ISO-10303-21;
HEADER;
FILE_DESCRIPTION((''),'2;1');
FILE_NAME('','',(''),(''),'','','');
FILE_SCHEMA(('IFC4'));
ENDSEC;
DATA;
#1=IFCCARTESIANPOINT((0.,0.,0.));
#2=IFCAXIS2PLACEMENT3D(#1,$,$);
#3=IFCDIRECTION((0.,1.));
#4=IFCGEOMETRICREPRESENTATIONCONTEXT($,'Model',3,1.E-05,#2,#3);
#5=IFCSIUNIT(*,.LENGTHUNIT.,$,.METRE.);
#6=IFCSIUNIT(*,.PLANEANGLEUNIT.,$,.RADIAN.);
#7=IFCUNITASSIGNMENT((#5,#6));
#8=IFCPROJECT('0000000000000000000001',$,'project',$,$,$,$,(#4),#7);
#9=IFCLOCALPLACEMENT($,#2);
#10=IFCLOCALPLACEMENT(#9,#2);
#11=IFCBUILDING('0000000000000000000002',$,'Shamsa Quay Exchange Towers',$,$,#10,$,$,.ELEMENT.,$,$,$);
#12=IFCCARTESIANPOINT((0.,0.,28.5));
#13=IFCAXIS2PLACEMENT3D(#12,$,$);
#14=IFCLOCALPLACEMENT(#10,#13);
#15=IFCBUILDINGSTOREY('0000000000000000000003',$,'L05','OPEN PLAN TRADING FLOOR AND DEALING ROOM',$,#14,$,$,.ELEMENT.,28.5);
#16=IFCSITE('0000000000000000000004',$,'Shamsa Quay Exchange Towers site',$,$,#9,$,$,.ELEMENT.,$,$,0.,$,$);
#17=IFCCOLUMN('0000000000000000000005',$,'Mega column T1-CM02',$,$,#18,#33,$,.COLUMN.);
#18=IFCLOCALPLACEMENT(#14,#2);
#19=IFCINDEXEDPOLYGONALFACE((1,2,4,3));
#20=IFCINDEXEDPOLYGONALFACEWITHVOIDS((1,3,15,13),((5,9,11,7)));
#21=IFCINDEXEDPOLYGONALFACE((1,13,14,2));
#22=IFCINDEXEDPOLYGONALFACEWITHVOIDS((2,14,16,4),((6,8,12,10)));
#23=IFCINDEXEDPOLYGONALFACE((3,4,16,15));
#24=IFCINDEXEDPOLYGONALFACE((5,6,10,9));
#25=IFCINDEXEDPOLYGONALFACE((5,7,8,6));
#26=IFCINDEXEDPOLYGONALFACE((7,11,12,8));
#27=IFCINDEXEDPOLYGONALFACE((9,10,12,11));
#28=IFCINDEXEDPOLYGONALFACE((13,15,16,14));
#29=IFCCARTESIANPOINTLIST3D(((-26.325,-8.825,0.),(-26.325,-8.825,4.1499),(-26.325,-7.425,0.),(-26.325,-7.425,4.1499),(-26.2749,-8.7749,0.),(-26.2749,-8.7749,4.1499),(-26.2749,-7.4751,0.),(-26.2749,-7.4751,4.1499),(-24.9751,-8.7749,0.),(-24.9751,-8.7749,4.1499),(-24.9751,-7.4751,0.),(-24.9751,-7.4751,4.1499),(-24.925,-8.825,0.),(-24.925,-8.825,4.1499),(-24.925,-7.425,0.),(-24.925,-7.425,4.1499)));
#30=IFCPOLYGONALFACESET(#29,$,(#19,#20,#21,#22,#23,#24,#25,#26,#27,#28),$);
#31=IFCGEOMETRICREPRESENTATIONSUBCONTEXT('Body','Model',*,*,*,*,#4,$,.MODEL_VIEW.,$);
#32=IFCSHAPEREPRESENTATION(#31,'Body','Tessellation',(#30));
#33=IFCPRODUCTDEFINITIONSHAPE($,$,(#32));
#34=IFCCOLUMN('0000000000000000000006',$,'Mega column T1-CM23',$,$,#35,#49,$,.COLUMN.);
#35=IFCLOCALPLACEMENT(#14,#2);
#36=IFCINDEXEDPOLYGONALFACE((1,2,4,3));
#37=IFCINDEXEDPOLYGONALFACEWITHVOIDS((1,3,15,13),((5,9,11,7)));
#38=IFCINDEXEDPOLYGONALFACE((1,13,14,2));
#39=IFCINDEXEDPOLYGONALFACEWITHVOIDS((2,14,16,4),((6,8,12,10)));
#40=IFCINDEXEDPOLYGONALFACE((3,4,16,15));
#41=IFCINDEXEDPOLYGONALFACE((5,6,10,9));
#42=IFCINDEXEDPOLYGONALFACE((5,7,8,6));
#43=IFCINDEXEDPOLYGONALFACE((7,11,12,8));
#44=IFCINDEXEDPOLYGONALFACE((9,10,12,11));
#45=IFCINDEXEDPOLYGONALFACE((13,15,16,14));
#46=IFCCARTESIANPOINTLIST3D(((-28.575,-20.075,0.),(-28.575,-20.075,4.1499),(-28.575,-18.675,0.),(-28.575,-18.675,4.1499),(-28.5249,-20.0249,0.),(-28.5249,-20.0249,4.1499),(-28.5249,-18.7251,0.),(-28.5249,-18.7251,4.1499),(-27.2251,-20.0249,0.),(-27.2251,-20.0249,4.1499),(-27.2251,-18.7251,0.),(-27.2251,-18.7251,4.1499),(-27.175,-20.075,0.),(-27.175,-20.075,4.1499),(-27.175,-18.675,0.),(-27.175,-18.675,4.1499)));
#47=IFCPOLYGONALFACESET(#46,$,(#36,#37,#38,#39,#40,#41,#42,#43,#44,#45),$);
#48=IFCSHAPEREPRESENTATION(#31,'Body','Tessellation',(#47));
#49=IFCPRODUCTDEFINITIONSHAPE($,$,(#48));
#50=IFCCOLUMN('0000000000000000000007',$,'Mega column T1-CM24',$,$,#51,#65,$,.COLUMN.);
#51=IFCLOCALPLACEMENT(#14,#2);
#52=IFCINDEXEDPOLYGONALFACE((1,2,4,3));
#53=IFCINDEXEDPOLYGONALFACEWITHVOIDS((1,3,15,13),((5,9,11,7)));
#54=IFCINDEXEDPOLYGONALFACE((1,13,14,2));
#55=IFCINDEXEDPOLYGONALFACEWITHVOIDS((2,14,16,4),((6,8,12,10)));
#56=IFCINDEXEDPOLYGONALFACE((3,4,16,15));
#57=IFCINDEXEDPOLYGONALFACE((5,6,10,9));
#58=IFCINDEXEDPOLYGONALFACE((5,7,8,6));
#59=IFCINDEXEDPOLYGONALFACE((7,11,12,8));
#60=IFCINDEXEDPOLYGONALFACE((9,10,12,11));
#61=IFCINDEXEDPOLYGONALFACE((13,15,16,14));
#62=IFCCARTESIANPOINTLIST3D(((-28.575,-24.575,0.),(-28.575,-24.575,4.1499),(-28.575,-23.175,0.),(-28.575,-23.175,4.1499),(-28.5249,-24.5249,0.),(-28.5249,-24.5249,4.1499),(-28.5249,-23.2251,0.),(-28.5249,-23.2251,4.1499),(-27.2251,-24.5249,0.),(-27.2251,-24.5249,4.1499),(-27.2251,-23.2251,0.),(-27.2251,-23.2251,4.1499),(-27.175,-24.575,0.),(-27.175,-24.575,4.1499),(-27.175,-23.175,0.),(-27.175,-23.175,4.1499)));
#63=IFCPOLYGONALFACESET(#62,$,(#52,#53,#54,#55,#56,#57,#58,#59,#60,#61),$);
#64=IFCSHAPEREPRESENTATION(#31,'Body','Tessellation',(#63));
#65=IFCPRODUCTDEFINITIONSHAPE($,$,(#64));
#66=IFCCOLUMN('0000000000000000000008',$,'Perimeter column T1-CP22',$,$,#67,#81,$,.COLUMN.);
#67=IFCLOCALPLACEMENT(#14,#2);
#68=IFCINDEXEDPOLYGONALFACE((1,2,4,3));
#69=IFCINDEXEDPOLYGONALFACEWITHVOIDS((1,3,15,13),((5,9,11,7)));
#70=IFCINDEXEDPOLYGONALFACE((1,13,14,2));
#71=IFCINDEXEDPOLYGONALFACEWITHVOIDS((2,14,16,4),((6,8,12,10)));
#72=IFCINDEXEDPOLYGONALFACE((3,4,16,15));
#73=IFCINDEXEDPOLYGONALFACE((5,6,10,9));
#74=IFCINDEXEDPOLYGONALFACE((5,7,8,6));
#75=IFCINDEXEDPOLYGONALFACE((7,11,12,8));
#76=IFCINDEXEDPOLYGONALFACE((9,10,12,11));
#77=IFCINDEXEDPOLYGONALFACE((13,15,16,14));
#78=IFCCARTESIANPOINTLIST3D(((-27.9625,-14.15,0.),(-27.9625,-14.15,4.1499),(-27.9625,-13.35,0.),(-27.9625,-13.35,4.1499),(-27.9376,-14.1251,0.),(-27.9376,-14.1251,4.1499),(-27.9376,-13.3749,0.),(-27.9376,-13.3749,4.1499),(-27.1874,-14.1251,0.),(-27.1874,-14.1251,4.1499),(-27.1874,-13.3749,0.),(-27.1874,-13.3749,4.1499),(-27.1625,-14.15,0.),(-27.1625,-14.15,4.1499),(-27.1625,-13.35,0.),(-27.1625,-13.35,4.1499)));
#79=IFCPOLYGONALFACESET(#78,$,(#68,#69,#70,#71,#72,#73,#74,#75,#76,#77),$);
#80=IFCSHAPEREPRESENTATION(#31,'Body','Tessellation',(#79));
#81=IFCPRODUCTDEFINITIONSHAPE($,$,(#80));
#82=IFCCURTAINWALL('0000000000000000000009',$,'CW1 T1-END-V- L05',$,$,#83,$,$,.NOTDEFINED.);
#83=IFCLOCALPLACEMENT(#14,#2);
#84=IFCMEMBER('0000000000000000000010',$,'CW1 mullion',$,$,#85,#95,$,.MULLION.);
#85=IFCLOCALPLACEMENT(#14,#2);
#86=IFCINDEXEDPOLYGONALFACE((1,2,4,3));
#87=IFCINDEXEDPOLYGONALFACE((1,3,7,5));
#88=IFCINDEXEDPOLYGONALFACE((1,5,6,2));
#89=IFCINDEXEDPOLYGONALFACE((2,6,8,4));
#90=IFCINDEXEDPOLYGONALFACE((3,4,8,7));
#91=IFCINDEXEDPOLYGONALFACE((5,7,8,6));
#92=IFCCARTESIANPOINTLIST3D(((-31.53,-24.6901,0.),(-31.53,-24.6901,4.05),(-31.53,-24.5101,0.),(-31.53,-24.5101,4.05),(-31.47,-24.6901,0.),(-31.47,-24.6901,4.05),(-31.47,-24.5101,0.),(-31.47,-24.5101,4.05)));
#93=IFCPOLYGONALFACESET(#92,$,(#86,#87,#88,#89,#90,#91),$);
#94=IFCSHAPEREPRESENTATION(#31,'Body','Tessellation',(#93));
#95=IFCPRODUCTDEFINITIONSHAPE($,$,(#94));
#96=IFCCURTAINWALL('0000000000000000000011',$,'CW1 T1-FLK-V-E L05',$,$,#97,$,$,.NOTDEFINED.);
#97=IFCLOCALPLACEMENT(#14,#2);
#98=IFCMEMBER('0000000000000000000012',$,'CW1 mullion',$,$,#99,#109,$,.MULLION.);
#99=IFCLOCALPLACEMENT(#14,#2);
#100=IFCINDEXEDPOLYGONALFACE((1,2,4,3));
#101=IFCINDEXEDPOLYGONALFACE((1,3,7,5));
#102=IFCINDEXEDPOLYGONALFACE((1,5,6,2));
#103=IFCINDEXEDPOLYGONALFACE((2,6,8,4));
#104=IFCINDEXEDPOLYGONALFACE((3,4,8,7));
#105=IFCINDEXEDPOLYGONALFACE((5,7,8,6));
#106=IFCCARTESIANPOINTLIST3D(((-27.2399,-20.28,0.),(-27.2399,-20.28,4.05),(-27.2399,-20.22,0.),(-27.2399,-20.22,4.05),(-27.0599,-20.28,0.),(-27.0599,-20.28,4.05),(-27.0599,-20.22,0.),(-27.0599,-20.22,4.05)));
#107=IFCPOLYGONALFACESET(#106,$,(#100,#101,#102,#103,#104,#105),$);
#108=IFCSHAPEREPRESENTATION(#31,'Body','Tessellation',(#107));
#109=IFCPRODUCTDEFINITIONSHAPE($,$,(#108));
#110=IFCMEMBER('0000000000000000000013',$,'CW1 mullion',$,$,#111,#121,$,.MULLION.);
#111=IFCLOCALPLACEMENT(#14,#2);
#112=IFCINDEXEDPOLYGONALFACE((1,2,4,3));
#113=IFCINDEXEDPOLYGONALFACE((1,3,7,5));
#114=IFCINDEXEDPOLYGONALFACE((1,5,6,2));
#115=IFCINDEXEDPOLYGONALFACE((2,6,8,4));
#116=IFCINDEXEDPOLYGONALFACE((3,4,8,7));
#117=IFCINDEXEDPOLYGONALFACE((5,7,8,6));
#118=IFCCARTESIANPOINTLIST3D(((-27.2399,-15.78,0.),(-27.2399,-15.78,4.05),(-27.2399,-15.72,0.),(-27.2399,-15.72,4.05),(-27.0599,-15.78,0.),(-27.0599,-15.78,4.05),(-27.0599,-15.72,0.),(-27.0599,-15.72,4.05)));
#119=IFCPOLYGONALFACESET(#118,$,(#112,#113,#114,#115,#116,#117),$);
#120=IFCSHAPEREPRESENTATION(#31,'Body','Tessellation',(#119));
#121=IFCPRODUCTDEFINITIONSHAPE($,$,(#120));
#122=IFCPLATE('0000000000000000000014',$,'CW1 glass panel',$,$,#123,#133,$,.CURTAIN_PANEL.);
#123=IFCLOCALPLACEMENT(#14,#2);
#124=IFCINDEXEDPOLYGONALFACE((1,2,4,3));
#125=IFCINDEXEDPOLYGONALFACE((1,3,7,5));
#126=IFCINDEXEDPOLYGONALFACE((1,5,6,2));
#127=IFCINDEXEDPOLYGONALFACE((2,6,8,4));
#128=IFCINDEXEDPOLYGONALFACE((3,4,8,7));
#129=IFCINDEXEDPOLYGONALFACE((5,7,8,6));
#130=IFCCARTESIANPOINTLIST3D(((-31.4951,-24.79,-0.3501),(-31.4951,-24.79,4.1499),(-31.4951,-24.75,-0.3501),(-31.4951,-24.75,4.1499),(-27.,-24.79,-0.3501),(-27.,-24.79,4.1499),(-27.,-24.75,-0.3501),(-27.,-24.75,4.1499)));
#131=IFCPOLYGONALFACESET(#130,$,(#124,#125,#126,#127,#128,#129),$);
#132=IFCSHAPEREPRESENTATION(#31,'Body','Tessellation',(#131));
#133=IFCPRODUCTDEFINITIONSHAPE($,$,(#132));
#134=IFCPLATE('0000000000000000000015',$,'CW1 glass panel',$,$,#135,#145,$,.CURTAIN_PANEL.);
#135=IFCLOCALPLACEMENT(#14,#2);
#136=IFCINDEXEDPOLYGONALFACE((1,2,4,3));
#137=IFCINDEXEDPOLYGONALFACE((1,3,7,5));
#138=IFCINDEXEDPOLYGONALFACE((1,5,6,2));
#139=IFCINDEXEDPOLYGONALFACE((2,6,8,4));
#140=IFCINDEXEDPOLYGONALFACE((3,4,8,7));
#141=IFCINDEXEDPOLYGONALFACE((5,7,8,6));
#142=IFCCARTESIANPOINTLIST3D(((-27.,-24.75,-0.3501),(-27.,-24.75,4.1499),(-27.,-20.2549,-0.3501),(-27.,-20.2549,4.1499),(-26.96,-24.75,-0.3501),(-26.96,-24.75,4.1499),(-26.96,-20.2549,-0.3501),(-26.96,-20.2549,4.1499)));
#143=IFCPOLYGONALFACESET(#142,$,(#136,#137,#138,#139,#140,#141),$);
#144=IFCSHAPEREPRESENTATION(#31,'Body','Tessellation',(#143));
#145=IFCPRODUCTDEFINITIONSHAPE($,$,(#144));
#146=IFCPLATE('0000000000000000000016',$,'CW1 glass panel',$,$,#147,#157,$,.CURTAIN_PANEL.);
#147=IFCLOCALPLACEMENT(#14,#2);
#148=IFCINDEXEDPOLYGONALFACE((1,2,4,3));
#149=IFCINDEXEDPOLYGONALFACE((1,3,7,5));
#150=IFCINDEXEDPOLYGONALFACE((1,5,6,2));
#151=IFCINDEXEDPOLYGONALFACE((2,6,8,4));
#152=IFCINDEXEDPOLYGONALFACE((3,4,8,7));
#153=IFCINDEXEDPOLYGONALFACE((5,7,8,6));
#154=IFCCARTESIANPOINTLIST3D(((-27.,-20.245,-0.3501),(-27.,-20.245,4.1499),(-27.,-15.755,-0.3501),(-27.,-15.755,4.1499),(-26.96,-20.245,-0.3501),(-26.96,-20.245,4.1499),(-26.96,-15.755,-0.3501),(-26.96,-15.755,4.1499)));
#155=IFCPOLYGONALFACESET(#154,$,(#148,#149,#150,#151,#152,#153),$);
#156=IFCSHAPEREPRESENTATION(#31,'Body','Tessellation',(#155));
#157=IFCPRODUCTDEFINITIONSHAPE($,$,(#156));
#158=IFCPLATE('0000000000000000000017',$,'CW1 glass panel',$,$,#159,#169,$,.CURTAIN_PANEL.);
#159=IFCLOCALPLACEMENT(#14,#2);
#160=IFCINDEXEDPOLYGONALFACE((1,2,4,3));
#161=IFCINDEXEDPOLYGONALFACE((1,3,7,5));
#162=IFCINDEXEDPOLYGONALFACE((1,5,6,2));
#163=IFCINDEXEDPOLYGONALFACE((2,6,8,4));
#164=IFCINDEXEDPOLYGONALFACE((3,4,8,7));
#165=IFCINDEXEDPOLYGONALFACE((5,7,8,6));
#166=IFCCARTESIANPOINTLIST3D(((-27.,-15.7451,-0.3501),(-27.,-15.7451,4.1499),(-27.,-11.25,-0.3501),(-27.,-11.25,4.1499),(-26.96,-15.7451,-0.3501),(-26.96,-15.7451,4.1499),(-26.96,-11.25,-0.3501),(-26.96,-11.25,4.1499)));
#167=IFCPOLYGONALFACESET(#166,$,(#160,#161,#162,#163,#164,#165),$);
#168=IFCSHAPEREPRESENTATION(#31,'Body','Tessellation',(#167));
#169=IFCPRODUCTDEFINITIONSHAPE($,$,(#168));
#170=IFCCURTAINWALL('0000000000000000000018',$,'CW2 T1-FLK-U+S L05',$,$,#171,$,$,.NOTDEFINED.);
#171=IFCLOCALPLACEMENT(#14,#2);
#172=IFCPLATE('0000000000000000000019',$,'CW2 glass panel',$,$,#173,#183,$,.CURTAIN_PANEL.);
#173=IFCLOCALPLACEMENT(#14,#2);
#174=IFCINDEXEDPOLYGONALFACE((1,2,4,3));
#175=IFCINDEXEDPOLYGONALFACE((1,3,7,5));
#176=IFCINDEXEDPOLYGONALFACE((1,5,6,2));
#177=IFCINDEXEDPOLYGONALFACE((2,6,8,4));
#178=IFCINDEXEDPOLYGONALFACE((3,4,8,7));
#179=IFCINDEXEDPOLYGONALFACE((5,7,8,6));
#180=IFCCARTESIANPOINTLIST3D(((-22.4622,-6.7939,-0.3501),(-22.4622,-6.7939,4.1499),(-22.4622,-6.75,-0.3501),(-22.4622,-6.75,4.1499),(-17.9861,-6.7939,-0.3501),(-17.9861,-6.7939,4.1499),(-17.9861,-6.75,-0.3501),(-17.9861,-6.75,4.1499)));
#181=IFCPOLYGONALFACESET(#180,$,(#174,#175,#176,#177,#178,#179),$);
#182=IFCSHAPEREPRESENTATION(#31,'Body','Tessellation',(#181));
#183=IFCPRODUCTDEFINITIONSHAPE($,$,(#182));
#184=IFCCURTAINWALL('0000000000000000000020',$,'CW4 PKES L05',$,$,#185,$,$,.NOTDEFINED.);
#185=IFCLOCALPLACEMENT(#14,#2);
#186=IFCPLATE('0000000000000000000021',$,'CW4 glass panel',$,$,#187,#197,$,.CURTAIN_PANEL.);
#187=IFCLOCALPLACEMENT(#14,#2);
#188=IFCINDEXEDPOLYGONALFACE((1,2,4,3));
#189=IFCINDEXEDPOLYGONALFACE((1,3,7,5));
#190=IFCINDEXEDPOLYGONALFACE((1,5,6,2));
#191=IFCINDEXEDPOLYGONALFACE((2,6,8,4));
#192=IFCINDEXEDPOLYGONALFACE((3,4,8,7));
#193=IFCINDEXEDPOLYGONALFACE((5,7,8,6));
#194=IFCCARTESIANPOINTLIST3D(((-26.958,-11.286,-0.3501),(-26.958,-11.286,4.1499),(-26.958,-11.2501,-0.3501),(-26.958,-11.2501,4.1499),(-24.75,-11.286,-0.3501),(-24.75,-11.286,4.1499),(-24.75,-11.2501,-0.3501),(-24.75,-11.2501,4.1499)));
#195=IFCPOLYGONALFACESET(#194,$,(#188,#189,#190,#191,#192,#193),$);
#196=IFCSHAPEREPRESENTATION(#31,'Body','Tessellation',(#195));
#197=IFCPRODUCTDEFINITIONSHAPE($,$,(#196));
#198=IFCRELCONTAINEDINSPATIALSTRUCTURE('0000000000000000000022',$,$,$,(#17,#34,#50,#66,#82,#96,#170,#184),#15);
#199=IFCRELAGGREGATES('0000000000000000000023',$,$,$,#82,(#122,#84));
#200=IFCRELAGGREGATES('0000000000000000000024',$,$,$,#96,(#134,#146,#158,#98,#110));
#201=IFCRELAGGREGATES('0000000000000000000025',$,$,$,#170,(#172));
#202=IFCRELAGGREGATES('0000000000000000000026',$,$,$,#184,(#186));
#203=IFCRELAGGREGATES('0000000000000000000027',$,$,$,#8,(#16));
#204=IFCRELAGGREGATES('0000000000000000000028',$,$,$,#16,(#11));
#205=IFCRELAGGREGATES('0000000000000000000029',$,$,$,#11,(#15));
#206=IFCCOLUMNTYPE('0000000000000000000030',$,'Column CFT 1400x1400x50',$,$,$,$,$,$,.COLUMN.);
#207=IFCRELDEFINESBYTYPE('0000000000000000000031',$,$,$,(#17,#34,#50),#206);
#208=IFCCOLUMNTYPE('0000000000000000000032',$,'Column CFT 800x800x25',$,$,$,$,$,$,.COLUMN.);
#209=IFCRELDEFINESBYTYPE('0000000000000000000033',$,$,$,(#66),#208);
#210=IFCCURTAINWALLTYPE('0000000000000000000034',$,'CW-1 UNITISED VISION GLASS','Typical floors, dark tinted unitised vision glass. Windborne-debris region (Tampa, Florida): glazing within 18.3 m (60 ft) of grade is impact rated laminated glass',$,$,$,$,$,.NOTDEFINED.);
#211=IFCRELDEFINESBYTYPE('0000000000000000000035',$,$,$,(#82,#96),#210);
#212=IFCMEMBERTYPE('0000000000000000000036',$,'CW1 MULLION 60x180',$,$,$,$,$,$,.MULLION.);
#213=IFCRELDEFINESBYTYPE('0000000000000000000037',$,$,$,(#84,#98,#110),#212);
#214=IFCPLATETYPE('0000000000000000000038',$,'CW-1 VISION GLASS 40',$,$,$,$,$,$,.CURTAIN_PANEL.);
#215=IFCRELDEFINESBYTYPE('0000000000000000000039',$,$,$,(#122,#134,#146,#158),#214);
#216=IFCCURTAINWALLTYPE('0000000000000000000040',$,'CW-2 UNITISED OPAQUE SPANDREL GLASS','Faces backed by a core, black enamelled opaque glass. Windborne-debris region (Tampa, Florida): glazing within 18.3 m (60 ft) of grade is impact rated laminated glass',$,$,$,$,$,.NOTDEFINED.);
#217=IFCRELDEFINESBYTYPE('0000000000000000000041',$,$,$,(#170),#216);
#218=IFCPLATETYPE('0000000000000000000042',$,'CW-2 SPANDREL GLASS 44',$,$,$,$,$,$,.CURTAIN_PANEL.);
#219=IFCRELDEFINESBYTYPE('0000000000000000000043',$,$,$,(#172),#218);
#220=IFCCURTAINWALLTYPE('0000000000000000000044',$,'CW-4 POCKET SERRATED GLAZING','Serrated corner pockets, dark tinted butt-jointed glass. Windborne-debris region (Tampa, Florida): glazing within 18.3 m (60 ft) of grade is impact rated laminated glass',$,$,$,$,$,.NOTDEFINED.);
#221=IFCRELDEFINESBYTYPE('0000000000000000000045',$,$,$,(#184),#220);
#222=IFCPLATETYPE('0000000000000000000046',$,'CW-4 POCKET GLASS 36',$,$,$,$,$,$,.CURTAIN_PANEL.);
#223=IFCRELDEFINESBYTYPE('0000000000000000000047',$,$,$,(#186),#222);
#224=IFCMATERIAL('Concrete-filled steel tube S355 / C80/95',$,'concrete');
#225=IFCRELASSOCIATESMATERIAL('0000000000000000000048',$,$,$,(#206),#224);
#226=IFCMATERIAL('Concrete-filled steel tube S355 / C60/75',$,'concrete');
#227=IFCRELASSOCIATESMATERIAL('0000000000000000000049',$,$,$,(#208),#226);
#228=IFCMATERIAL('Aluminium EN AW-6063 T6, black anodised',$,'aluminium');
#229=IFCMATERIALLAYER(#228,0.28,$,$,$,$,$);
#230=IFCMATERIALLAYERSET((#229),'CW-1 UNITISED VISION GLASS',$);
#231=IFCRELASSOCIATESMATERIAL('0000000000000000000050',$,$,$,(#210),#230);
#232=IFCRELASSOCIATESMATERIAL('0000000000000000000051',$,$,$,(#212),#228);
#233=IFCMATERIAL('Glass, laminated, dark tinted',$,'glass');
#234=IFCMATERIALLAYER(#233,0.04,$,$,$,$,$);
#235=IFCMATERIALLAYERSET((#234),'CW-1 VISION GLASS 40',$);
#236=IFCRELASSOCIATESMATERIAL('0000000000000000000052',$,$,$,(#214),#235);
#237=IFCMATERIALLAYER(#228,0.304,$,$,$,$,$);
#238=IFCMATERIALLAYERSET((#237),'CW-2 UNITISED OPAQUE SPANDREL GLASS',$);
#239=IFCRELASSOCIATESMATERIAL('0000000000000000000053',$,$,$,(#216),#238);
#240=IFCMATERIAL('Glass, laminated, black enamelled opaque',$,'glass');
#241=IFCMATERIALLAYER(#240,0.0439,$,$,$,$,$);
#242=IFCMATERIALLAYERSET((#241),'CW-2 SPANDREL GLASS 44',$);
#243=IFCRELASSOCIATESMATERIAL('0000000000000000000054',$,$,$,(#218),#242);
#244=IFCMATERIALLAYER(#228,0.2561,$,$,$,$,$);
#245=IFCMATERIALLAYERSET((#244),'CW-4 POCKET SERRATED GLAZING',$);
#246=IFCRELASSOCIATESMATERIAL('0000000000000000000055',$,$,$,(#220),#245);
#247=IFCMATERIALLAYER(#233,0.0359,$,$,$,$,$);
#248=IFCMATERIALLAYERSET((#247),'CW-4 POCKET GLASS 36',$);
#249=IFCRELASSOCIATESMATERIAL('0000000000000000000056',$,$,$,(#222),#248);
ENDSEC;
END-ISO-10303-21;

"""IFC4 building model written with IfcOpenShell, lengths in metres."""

from ifc_helpers import new_model, si_unit, direction, frame, origin, origin_2d, place, context, subcontext, project, spatial, rectangle, hollow_rectangle, extrude, material, layer, layer_set, material_profile, profile_set, type_object, element, aggregate, save


model = new_model("IFC4")

# Units and contexts
model_context = context("Model", 3, precision=1e-05, world=origin(), true_north=direction((0.0, 1.0)))
body_context = subcontext(model_context, "Body", "Model", "MODEL_VIEW")
ifc_project = project(units=[si_unit("LENGTHUNIT", "METRE"), si_unit("PLANEANGLEUNIT", "RADIAN")], contexts=[model_context])

# Site, building, storey
site_placement = place(None, origin())
site = spatial("IfcSite", under=ifc_project, at=site_placement, Name="Shamsa Quay Exchange Towers site", CompositionType="ELEMENT", RefElevation=0.0)
building_placement = place(site_placement, origin())
building = spatial("IfcBuilding", under=site, at=building_placement, Name="Shamsa Quay Exchange Towers", CompositionType="ELEMENT")
storey_placement = place(building_placement, frame((0.0, 0.0, 28.5)))
storey = spatial("IfcBuildingStorey", under=building, at=storey_placement, Name="L05", Description="OPEN PLAN TRADING FLOOR AND DEALING ROOM", CompositionType="ELEMENT", Elevation=28.5)

# Columns
ifc_material_1 = material(Name="Concrete-filled steel tube S355 / C80/95", Category="concrete")
ifc_material_profile_1 = material_profile(ifc_material_1, hollow_rectangle(XDim=1.3999, YDim=1.3999, WallThickness=0.05, at=origin_2d()), Name="CFT 1400x1400x50")
ifc_profile_set_1 = profile_set([ifc_material_profile_1], Name="Concrete-filled steel tube S355 / C80/95")
column_type_1 = type_object("IfcColumnType", Name="Column CFT 1400x1400x50", PredefinedType="COLUMN", material=ifc_profile_set_1)
for number, where, name in (
    (1, (-25.625, -8.125, 0.0), "Mega column T1-CM02"),
    (2, (-27.875, -19.375, 0.0), "Mega column T1-CM23"),
    (3, (-27.875, -23.875, 0.0), "Mega column T1-CM24"),
):
    element("IfcColumn", number, at=place(storey_placement, frame(where)), inside=storey, type_object=column_type_1, Name=name, PredefinedType="COLUMN", context=body_context, shape_type="SweptSolid", body=[
        extrude(hollow_rectangle(XDim=1.3999, YDim=1.3999, WallThickness=0.05, at=origin_2d()), origin(), (0.0, 0.0, 1.0), 4.1499),
    ])
ifc_material_2 = material(Name="Concrete-filled steel tube S355 / C60/75", Category="concrete")
ifc_material_profile_2 = material_profile(ifc_material_2, hollow_rectangle(XDim=0.8, YDim=0.8, WallThickness=0.0249, at=origin_2d()), Name="CFT 800x800x25")
ifc_profile_set_2 = profile_set([ifc_material_profile_2], Name="Concrete-filled steel tube S355 / C60/75")
column_type_2 = type_object("IfcColumnType", Name="Column CFT 800x800x25", PredefinedType="COLUMN", material=ifc_profile_set_2)
column_placement = place(storey_placement, frame((-27.5625, -13.75, 0.0)))
element("IfcColumn", 4, at=column_placement, inside=storey, type_object=column_type_2, Name="Perimeter column T1-CP22", PredefinedType="COLUMN", context=body_context, shape_type="SweptSolid", body=[
    extrude(hollow_rectangle(XDim=0.8, YDim=0.8, WallThickness=0.0249, at=origin_2d()), origin(), (0.0, 0.0, 1.0), 4.1499),
])

# Curtain wall, member
ifc_material_3 = material(Name="Aluminium EN AW-6063 T6, black anodised", Category="aluminium")
ifc_layer_1 = layer(ifc_material_3, 0.28)
ifc_layer_set_1 = layer_set([ifc_layer_1], Name="CW-1 UNITISED VISION GLASS")
curtain_wall_type_1 = type_object("IfcCurtainWallType", Name="CW-1 UNITISED VISION GLASS", Description="Typical floors, dark tinted unitised vision glass. Windborne-debris region (Tampa, Florida): glazing within 18.3 m (60 ft) of grade is impact rated laminated glass", PredefinedType="NOTDEFINED", material=ifc_layer_set_1)
curtain_wall_1_placement = place(storey_placement, origin())
curtain_wall_1 = element("IfcCurtainWall", 5, at=curtain_wall_1_placement, inside=storey, type_object=curtain_wall_type_1, Name="CW1 T1-END-V- L05", PredefinedType="NOTDEFINED")
ifc_material_profile_3 = material_profile(ifc_material_3, rectangle(XDim=0.1799, YDim=0.0601, at=origin_2d()), Name="MU60x180")
ifc_profile_set_3 = profile_set([ifc_material_profile_3], Name="Aluminium EN AW-6063 T6, black anodised")
member_type = type_object("IfcMemberType", Name="CW1 MULLION 60x180", PredefinedType="MULLION", material=ifc_profile_set_3)
member_1_placement = place(storey_placement, frame((-31.5, -24.6001, 0.0), z_axis=(0.0, 0.0, 1.0), x_axis=(0.0, 1.0, 0.0)))
member_1 = element("IfcMember", 6, at=member_1_placement, type_object=member_type, Name="CW1 mullion", PredefinedType="MULLION", context=body_context, shape_type="SweptSolid", body=[
    extrude(rectangle(XDim=0.1799, YDim=0.0601, at=origin_2d()), origin(), (0.0, 0.0, 1.0), 4.05),
])

# Curtain wall, members
curtain_wall_2_placement = place(storey_placement, origin())
curtain_wall_2 = element("IfcCurtainWall", 7, at=curtain_wall_2_placement, inside=storey, type_object=curtain_wall_type_1, Name="CW1 T1-FLK-V-E L05", PredefinedType="NOTDEFINED")
member_2_placement = place(storey_placement, frame((-27.1499, -20.25, 0.0), z_axis=(0.0, 0.0, 1.0), x_axis=(-1.0, 0.0, 0.0)))
member_2 = element("IfcMember", 8, at=member_2_placement, type_object=member_type, Name="CW1 mullion", PredefinedType="MULLION", context=body_context, shape_type="SweptSolid", body=[
    extrude(rectangle(XDim=0.1799, YDim=0.0601, at=origin_2d()), origin(), (0.0, 0.0, 1.0), 4.05),
])
member_3_placement = place(storey_placement, frame((-27.1499, -15.75, 0.0), z_axis=(0.0, 0.0, 1.0), x_axis=(-1.0, 0.0, 0.0)))
member_3 = element("IfcMember", 9, at=member_3_placement, type_object=member_type, Name="CW1 mullion", PredefinedType="MULLION", context=body_context, shape_type="SweptSolid", body=[
    extrude(rectangle(XDim=0.1799, YDim=0.0601, at=origin_2d()), origin(), (0.0, 0.0, 1.0), 4.05),
])

# Plates
ifc_material_4 = material(Name="Glass, laminated, dark tinted", Category="glass")
ifc_layer_2 = layer(ifc_material_4, 0.04)
ifc_layer_set_2 = layer_set([ifc_layer_2], Name="CW-1 VISION GLASS 40")
plate_type_1 = type_object("IfcPlateType", Name="CW-1 VISION GLASS 40", PredefinedType="CURTAIN_PANEL", material=ifc_layer_set_2)
plate_1_placement = place(storey_placement, frame((-29.2476, -24.77, -0.3501)))
plate_1 = element("IfcPlate", 10, at=plate_1_placement, type_object=plate_type_1, Name="CW1 glass panel", PredefinedType="CURTAIN_PANEL", context=body_context, shape_type="SweptSolid", body=[
    extrude(rectangle(XDim=4.4951, YDim=0.04, at=origin_2d()), origin(), (0.0, 0.0, 1.0), 4.5),
])
aggregate(curtain_wall_1, [plate_1, member_1])
plate_2_placement = place(storey_placement, frame((-26.98, -22.5024, -0.3501), z_axis=(0.0, 0.0, 1.0), x_axis=(0.0, 1.0, 0.0)))
plate_2 = element("IfcPlate", 11, at=plate_2_placement, type_object=plate_type_1, Name="CW1 glass panel", PredefinedType="CURTAIN_PANEL", context=body_context, shape_type="SweptSolid", body=[
    extrude(rectangle(XDim=4.4951, YDim=0.04, at=origin_2d()), origin(), (0.0, 0.0, 1.0), 4.5),
])
plate_3_placement = place(storey_placement, frame((-26.98, -18.0, -0.3501), z_axis=(0.0, 0.0, 1.0), x_axis=(0.0, 1.0, 0.0)))
plate_3 = element("IfcPlate", 12, at=plate_3_placement, type_object=plate_type_1, Name="CW1 glass panel", PredefinedType="CURTAIN_PANEL", context=body_context, shape_type="SweptSolid", body=[
    extrude(rectangle(XDim=4.49, YDim=0.04, at=origin_2d()), origin(), (0.0, 0.0, 1.0), 4.5),
])
plate_4_placement = place(storey_placement, frame((-26.98, -13.4976, -0.3501), z_axis=(0.0, 0.0, 1.0), x_axis=(0.0, 1.0, 0.0)))
plate_4 = element("IfcPlate", 13, at=plate_4_placement, type_object=plate_type_1, Name="CW1 glass panel", PredefinedType="CURTAIN_PANEL", context=body_context, shape_type="SweptSolid", body=[
    extrude(rectangle(XDim=4.4951, YDim=0.04, at=origin_2d()), origin(), (0.0, 0.0, 1.0), 4.5),
])
aggregate(curtain_wall_2, [plate_2, plate_3, plate_4, member_2, member_3])

# Curtain wall, plate
ifc_layer_3 = layer(ifc_material_3, 0.304)
ifc_layer_set_3 = layer_set([ifc_layer_3], Name="CW-2 UNITISED OPAQUE SPANDREL GLASS")
curtain_wall_type_2 = type_object("IfcCurtainWallType", Name="CW-2 UNITISED OPAQUE SPANDREL GLASS", Description="Faces backed by a core, black enamelled opaque glass. Windborne-debris region (Tampa, Florida): glazing within 18.3 m (60 ft) of grade is impact rated laminated glass", PredefinedType="NOTDEFINED", material=ifc_layer_set_3)
curtain_wall_3_placement = place(storey_placement, origin())
curtain_wall_3 = element("IfcCurtainWall", 14, at=curtain_wall_3_placement, inside=storey, type_object=curtain_wall_type_2, Name="CW2 T1-FLK-U+S L05", PredefinedType="NOTDEFINED")
ifc_material_5 = material(Name="Glass, laminated, black enamelled opaque", Category="glass")
ifc_layer_4 = layer(ifc_material_5, 0.0439)
ifc_layer_set_4 = layer_set([ifc_layer_4], Name="CW-2 SPANDREL GLASS 44")
plate_type_2 = type_object("IfcPlateType", Name="CW-2 SPANDREL GLASS 44", PredefinedType="CURTAIN_PANEL", material=ifc_layer_set_4)
plate_5_placement = place(storey_placement, frame((-20.2241, -6.772, -0.3501)))
plate_5 = element("IfcPlate", 15, at=plate_5_placement, type_object=plate_type_2, Name="CW2 glass panel", PredefinedType="CURTAIN_PANEL", context=body_context, shape_type="SweptSolid", body=[
    extrude(rectangle(XDim=4.4761, YDim=0.0439, at=origin_2d()), origin(), (0.0, 0.0, 1.0), 4.5),
])
aggregate(curtain_wall_3, [plate_5])

# Curtain wall, plate
ifc_layer_5 = layer(ifc_material_3, 0.2561)
ifc_layer_set_5 = layer_set([ifc_layer_5], Name="CW-4 POCKET SERRATED GLAZING")
curtain_wall_type_3 = type_object("IfcCurtainWallType", Name="CW-4 POCKET SERRATED GLAZING", Description="Serrated corner pockets, dark tinted butt-jointed glass. Windborne-debris region (Tampa, Florida): glazing within 18.3 m (60 ft) of grade is impact rated laminated glass", PredefinedType="NOTDEFINED", material=ifc_layer_set_5)
curtain_wall_4_placement = place(storey_placement, origin())
curtain_wall_4 = element("IfcCurtainWall", 16, at=curtain_wall_4_placement, inside=storey, type_object=curtain_wall_type_3, Name="CW4 PKES L05", PredefinedType="NOTDEFINED")
ifc_layer_6 = layer(ifc_material_4, 0.0359)
ifc_layer_set_6 = layer_set([ifc_layer_6], Name="CW-4 POCKET GLASS 36")
plate_type_3 = type_object("IfcPlateType", Name="CW-4 POCKET GLASS 36", PredefinedType="CURTAIN_PANEL", material=ifc_layer_set_6)
plate_6_placement = place(storey_placement, frame((-25.854, -11.2681, -0.3501)))
plate_6 = element("IfcPlate", 17, at=plate_6_placement, type_object=plate_type_3, Name="CW4 glass panel", PredefinedType="CURTAIN_PANEL", context=body_context, shape_type="SweptSolid", body=[
    extrude(rectangle(XDim=2.208, YDim=0.0359, at=origin_2d()), origin(), (0.0, 0.0, 1.0), 4.5),
])
aggregate(curtain_wall_4, [plate_6])

save(model, "model.ifc")
